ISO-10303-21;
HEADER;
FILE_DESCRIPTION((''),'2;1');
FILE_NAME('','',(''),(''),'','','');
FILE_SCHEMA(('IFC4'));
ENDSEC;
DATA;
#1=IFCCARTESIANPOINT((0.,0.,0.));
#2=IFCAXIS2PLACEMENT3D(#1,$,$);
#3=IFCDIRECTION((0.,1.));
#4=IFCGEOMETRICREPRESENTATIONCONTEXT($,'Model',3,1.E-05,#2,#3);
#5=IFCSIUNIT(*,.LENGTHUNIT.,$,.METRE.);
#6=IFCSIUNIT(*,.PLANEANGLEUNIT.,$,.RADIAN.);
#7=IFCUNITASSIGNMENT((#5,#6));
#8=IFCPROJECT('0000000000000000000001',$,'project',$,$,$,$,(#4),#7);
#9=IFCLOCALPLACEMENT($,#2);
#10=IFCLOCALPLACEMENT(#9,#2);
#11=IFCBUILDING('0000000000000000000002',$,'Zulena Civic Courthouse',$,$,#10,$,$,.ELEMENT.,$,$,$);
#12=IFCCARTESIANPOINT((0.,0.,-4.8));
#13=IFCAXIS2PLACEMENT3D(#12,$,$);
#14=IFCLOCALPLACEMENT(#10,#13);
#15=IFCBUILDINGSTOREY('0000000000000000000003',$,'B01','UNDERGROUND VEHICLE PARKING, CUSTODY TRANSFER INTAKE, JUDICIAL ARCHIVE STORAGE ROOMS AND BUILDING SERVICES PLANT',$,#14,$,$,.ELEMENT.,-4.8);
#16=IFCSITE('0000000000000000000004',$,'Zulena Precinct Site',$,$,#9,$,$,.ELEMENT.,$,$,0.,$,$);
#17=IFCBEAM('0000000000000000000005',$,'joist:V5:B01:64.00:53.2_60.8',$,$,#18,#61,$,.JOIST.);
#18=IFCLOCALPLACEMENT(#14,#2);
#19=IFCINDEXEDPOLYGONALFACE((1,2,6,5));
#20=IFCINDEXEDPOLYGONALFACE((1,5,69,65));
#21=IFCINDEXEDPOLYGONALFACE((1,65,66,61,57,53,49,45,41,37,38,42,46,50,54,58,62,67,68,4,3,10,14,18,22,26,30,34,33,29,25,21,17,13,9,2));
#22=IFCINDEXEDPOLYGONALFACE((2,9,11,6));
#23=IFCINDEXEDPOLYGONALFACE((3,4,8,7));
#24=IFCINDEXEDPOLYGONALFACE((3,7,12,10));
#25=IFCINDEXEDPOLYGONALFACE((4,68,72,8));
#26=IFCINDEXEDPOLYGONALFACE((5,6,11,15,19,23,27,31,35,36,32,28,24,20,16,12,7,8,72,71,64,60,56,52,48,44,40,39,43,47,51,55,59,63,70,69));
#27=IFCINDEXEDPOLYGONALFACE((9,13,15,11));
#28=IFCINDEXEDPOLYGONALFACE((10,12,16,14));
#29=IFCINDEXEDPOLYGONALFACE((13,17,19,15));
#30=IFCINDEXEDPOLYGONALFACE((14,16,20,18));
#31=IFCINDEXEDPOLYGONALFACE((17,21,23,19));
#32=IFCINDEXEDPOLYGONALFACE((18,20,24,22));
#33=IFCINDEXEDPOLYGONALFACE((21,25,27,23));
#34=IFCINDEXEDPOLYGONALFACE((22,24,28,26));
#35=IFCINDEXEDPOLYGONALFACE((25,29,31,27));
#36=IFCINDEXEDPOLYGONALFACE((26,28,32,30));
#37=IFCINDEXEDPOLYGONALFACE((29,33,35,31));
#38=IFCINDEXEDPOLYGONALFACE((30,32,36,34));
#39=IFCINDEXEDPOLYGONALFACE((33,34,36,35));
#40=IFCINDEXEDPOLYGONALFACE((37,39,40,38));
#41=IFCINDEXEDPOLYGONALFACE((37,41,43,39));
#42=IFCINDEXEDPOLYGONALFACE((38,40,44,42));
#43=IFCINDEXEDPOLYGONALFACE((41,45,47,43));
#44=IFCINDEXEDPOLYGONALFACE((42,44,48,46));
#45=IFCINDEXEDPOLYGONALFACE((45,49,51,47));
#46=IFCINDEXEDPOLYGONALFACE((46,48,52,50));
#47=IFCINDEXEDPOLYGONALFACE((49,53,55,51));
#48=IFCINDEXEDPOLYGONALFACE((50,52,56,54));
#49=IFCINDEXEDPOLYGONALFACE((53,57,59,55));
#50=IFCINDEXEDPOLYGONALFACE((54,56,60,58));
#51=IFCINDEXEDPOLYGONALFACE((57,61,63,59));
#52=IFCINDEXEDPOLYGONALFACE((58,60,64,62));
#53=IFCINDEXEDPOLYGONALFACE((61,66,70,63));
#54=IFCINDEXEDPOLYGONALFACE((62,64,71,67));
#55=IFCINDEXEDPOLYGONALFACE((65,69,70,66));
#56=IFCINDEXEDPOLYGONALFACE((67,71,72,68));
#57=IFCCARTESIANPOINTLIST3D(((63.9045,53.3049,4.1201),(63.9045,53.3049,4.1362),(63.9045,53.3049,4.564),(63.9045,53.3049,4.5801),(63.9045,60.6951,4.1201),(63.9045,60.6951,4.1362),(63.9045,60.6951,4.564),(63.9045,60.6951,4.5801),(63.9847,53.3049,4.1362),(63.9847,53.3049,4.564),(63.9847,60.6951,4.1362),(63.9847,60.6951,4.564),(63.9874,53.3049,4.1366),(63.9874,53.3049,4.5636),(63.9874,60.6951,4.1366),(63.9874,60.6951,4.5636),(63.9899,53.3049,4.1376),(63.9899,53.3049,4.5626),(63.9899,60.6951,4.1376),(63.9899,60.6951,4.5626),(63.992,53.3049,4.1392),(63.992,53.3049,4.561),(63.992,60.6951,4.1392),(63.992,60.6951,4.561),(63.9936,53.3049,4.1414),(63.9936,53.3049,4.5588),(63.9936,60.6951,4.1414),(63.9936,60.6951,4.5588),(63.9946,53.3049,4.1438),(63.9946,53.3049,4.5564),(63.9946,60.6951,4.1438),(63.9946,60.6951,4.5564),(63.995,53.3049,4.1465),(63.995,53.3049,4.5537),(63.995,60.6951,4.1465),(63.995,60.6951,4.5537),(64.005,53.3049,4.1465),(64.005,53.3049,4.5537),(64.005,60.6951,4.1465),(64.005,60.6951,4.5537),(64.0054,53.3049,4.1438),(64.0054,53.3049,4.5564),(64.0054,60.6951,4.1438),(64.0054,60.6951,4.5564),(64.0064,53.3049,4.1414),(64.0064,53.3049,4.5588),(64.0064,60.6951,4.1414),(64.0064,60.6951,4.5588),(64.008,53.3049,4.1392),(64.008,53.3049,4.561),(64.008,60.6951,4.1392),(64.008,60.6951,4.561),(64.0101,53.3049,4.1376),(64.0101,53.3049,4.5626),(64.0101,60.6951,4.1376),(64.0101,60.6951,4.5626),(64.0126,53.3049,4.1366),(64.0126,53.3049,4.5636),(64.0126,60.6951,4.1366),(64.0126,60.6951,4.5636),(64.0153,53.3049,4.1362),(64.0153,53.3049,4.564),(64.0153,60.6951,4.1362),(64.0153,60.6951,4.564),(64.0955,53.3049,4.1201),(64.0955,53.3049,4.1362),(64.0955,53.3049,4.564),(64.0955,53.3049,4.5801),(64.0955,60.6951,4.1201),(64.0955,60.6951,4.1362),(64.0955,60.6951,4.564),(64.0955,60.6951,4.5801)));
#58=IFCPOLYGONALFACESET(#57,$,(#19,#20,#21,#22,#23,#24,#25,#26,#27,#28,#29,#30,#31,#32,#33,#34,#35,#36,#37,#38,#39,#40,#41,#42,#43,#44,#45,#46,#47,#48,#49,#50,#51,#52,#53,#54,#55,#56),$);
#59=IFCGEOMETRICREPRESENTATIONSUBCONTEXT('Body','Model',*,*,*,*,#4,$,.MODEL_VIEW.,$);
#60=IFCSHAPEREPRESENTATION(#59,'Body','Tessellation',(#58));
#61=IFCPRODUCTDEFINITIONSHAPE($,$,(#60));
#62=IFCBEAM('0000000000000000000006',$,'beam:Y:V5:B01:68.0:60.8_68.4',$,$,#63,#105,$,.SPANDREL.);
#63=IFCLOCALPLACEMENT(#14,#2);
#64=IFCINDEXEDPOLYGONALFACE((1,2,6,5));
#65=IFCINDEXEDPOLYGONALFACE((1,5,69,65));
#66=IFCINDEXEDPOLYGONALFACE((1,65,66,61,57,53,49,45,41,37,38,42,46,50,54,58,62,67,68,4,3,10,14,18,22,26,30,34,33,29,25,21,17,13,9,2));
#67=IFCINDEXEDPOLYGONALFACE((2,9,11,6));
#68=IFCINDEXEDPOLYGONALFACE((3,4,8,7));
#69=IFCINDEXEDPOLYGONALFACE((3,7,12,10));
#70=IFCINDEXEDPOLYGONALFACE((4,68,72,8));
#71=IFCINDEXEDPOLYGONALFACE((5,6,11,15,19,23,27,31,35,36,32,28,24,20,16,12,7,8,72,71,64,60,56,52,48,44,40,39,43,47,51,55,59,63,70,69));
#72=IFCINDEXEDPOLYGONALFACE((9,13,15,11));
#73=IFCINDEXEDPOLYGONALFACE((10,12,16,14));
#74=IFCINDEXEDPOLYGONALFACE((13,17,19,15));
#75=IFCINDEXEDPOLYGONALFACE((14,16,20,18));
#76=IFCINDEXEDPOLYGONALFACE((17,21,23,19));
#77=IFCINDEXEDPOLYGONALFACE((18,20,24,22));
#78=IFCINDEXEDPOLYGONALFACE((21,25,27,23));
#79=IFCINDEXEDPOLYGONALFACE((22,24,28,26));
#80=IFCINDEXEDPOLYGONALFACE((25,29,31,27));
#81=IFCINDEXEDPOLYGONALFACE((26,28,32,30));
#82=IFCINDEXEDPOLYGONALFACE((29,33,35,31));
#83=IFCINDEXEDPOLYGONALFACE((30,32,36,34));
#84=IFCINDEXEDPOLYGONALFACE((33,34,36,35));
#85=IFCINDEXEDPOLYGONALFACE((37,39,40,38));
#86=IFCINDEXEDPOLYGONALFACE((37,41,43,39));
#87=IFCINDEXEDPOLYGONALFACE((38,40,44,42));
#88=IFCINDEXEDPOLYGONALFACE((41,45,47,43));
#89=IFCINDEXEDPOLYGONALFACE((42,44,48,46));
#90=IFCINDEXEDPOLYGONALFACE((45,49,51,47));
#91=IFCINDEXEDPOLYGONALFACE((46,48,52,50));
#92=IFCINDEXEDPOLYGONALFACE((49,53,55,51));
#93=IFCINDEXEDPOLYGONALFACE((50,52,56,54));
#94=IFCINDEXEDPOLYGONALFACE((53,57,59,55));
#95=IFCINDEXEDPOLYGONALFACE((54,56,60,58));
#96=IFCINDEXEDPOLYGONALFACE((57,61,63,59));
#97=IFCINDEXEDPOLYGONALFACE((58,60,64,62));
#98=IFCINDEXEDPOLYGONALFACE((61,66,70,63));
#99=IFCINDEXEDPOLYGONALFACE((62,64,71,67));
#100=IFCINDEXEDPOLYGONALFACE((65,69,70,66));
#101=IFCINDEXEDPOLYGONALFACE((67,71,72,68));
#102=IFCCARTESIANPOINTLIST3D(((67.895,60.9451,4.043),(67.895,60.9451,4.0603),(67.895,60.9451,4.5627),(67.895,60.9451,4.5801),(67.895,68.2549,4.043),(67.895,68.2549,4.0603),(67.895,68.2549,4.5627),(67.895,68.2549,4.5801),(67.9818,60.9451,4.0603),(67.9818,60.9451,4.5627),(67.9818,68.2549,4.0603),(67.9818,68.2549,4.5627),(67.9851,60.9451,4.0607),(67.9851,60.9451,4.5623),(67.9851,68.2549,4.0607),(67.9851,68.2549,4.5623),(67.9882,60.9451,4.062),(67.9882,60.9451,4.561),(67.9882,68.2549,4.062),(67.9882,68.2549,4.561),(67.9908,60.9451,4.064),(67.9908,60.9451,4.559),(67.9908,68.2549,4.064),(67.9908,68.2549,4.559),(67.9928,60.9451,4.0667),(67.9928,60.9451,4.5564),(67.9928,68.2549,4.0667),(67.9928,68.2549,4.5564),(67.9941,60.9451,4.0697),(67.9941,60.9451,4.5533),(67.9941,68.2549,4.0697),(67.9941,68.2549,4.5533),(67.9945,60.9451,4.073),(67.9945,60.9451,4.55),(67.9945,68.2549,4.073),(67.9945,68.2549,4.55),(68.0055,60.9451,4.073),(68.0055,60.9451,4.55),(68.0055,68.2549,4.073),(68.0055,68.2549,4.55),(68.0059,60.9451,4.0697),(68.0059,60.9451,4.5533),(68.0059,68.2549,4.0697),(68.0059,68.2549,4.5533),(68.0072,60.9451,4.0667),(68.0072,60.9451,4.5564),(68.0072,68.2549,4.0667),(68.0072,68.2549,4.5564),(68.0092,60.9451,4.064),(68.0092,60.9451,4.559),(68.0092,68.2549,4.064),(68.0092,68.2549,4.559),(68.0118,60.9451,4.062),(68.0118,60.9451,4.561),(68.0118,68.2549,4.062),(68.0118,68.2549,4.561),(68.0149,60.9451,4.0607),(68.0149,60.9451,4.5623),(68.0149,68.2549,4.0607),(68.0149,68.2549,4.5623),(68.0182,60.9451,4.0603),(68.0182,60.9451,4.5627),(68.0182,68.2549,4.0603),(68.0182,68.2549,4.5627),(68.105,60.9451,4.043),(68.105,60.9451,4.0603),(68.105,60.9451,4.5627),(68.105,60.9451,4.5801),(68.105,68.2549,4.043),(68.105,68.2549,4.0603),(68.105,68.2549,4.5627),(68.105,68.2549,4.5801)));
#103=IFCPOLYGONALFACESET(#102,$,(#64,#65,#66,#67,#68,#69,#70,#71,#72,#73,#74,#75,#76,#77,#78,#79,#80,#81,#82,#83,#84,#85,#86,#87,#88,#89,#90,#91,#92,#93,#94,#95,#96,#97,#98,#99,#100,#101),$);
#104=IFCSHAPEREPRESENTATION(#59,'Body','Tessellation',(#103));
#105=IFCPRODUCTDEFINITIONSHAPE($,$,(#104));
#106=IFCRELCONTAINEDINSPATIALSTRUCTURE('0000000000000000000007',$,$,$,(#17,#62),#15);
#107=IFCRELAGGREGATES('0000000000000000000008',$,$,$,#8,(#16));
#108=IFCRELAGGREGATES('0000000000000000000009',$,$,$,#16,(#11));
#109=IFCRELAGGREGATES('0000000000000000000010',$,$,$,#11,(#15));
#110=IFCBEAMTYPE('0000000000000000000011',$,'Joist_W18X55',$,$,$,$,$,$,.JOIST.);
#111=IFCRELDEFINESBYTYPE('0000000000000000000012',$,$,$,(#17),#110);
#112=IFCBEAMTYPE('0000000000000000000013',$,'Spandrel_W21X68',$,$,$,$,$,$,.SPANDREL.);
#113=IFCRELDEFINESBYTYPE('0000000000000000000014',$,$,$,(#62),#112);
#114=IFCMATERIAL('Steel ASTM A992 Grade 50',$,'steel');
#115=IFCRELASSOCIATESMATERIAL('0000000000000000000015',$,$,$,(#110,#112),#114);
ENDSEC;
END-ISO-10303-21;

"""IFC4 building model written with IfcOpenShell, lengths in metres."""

from ifc_helpers import new_model, si_unit, direction, frame, origin, origin_2d, place, context, subcontext, project, spatial, i_section, extrude, material, material_profile, profile_set, type_object, element, save


model = new_model("IFC4")

# Units and contexts
model_context = context("Model", 3, precision=1e-05, world=origin(), true_north=direction((0.0, 1.0)))
body_context = subcontext(model_context, "Body", "Model", "MODEL_VIEW")
ifc_project = project(units=[si_unit("LENGTHUNIT", "METRE"), si_unit("PLANEANGLEUNIT", "RADIAN")], contexts=[model_context])

# Site, building, storey
site_placement = place(None, origin())
site = spatial("IfcSite", under=ifc_project, at=site_placement, Name="Zulena Precinct Site", CompositionType="ELEMENT", RefElevation=0.0)
building_placement = place(site_placement, origin())
building = spatial("IfcBuilding", under=site, at=building_placement, Name="Zulena Civic Courthouse", CompositionType="ELEMENT")
storey_placement = place(building_placement, frame((0.0, 0.0, -4.8)))
storey = spatial("IfcBuildingStorey", under=building, at=storey_placement, Name="B01", Description="UNDERGROUND VEHICLE PARKING, CUSTODY TRANSFER INTAKE, JUDICIAL ARCHIVE STORAGE ROOMS AND BUILDING SERVICES PLANT", CompositionType="ELEMENT", Elevation=-4.8)

# Shared definitions
ifc_material_1 = material(Name="Steel ASTM A992 Grade 50", Category="steel")

# Beams
ifc_material_profile_1 = material_profile(ifc_material_1, i_section(OverallWidth=0.1909, OverallDepth=0.46, WebThickness=0.01, FlangeThickness=0.0161, FilletRadius=0.0103, at=origin_2d()), Name="W18X55")
ifc_profile_set_1 = profile_set([ifc_material_profile_1], Name="Steel ASTM A992 Grade 50")
beam_type_1 = type_object("IfcBeamType", Name="Joist_W18X55", PredefinedType="JOIST", material=ifc_profile_set_1)
for number, where, z_axis, x_axis, name in (
    (1, (64.0, 53.3049, 4.3501), (0.0, 1.0, 0.0), (-1.0, 0.0, 0.0), "joist:V5:B01:64.00:53.2_60.8"),
):
    element("IfcBeam", number, at=place(storey_placement, frame(where, z_axis=z_axis, x_axis=x_axis)), inside=storey, type_object=beam_type_1, Name=name, PredefinedType="JOIST", context=body_context, shape_type="SweptSolid", body=[
        extrude(i_section(OverallWidth=0.1909, OverallDepth=0.46, WebThickness=0.01, FlangeThickness=0.0161, FilletRadius=0.0103, at=origin_2d()), origin(), (0.0, 0.0, 1.0), 7.3901),
    ])
ifc_material_profile_2 = material_profile(ifc_material_1, i_section(OverallWidth=0.21, OverallDepth=0.5371, WebThickness=0.011, FlangeThickness=0.0173, FilletRadius=0.0127, at=origin_2d()), Name="W21X68")
ifc_profile_set_2 = profile_set([ifc_material_profile_2], Name="Steel ASTM A992 Grade 50")
beam_type_2 = type_object("IfcBeamType", Name="Spandrel_W21X68", PredefinedType="SPANDREL", material=ifc_profile_set_2)
beam_placement = place(storey_placement, frame((68.0, 60.9451, 4.3115), z_axis=(0.0, 1.0, 0.0), x_axis=(-1.0, 0.0, 0.0)))
element("IfcBeam", 2, at=beam_placement, inside=storey, type_object=beam_type_2, Name="beam:Y:V5:B01:68.0:60.8_68.4", PredefinedType="SPANDREL", context=body_context, shape_type="SweptSolid", body=[
    extrude(i_section(OverallWidth=0.21, OverallDepth=0.5371, WebThickness=0.011, FlangeThickness=0.0173, FilletRadius=0.0127, at=origin_2d()), origin(), (0.0, 0.0, 1.0), 7.3098),
])

save(model, "model.ifc")
